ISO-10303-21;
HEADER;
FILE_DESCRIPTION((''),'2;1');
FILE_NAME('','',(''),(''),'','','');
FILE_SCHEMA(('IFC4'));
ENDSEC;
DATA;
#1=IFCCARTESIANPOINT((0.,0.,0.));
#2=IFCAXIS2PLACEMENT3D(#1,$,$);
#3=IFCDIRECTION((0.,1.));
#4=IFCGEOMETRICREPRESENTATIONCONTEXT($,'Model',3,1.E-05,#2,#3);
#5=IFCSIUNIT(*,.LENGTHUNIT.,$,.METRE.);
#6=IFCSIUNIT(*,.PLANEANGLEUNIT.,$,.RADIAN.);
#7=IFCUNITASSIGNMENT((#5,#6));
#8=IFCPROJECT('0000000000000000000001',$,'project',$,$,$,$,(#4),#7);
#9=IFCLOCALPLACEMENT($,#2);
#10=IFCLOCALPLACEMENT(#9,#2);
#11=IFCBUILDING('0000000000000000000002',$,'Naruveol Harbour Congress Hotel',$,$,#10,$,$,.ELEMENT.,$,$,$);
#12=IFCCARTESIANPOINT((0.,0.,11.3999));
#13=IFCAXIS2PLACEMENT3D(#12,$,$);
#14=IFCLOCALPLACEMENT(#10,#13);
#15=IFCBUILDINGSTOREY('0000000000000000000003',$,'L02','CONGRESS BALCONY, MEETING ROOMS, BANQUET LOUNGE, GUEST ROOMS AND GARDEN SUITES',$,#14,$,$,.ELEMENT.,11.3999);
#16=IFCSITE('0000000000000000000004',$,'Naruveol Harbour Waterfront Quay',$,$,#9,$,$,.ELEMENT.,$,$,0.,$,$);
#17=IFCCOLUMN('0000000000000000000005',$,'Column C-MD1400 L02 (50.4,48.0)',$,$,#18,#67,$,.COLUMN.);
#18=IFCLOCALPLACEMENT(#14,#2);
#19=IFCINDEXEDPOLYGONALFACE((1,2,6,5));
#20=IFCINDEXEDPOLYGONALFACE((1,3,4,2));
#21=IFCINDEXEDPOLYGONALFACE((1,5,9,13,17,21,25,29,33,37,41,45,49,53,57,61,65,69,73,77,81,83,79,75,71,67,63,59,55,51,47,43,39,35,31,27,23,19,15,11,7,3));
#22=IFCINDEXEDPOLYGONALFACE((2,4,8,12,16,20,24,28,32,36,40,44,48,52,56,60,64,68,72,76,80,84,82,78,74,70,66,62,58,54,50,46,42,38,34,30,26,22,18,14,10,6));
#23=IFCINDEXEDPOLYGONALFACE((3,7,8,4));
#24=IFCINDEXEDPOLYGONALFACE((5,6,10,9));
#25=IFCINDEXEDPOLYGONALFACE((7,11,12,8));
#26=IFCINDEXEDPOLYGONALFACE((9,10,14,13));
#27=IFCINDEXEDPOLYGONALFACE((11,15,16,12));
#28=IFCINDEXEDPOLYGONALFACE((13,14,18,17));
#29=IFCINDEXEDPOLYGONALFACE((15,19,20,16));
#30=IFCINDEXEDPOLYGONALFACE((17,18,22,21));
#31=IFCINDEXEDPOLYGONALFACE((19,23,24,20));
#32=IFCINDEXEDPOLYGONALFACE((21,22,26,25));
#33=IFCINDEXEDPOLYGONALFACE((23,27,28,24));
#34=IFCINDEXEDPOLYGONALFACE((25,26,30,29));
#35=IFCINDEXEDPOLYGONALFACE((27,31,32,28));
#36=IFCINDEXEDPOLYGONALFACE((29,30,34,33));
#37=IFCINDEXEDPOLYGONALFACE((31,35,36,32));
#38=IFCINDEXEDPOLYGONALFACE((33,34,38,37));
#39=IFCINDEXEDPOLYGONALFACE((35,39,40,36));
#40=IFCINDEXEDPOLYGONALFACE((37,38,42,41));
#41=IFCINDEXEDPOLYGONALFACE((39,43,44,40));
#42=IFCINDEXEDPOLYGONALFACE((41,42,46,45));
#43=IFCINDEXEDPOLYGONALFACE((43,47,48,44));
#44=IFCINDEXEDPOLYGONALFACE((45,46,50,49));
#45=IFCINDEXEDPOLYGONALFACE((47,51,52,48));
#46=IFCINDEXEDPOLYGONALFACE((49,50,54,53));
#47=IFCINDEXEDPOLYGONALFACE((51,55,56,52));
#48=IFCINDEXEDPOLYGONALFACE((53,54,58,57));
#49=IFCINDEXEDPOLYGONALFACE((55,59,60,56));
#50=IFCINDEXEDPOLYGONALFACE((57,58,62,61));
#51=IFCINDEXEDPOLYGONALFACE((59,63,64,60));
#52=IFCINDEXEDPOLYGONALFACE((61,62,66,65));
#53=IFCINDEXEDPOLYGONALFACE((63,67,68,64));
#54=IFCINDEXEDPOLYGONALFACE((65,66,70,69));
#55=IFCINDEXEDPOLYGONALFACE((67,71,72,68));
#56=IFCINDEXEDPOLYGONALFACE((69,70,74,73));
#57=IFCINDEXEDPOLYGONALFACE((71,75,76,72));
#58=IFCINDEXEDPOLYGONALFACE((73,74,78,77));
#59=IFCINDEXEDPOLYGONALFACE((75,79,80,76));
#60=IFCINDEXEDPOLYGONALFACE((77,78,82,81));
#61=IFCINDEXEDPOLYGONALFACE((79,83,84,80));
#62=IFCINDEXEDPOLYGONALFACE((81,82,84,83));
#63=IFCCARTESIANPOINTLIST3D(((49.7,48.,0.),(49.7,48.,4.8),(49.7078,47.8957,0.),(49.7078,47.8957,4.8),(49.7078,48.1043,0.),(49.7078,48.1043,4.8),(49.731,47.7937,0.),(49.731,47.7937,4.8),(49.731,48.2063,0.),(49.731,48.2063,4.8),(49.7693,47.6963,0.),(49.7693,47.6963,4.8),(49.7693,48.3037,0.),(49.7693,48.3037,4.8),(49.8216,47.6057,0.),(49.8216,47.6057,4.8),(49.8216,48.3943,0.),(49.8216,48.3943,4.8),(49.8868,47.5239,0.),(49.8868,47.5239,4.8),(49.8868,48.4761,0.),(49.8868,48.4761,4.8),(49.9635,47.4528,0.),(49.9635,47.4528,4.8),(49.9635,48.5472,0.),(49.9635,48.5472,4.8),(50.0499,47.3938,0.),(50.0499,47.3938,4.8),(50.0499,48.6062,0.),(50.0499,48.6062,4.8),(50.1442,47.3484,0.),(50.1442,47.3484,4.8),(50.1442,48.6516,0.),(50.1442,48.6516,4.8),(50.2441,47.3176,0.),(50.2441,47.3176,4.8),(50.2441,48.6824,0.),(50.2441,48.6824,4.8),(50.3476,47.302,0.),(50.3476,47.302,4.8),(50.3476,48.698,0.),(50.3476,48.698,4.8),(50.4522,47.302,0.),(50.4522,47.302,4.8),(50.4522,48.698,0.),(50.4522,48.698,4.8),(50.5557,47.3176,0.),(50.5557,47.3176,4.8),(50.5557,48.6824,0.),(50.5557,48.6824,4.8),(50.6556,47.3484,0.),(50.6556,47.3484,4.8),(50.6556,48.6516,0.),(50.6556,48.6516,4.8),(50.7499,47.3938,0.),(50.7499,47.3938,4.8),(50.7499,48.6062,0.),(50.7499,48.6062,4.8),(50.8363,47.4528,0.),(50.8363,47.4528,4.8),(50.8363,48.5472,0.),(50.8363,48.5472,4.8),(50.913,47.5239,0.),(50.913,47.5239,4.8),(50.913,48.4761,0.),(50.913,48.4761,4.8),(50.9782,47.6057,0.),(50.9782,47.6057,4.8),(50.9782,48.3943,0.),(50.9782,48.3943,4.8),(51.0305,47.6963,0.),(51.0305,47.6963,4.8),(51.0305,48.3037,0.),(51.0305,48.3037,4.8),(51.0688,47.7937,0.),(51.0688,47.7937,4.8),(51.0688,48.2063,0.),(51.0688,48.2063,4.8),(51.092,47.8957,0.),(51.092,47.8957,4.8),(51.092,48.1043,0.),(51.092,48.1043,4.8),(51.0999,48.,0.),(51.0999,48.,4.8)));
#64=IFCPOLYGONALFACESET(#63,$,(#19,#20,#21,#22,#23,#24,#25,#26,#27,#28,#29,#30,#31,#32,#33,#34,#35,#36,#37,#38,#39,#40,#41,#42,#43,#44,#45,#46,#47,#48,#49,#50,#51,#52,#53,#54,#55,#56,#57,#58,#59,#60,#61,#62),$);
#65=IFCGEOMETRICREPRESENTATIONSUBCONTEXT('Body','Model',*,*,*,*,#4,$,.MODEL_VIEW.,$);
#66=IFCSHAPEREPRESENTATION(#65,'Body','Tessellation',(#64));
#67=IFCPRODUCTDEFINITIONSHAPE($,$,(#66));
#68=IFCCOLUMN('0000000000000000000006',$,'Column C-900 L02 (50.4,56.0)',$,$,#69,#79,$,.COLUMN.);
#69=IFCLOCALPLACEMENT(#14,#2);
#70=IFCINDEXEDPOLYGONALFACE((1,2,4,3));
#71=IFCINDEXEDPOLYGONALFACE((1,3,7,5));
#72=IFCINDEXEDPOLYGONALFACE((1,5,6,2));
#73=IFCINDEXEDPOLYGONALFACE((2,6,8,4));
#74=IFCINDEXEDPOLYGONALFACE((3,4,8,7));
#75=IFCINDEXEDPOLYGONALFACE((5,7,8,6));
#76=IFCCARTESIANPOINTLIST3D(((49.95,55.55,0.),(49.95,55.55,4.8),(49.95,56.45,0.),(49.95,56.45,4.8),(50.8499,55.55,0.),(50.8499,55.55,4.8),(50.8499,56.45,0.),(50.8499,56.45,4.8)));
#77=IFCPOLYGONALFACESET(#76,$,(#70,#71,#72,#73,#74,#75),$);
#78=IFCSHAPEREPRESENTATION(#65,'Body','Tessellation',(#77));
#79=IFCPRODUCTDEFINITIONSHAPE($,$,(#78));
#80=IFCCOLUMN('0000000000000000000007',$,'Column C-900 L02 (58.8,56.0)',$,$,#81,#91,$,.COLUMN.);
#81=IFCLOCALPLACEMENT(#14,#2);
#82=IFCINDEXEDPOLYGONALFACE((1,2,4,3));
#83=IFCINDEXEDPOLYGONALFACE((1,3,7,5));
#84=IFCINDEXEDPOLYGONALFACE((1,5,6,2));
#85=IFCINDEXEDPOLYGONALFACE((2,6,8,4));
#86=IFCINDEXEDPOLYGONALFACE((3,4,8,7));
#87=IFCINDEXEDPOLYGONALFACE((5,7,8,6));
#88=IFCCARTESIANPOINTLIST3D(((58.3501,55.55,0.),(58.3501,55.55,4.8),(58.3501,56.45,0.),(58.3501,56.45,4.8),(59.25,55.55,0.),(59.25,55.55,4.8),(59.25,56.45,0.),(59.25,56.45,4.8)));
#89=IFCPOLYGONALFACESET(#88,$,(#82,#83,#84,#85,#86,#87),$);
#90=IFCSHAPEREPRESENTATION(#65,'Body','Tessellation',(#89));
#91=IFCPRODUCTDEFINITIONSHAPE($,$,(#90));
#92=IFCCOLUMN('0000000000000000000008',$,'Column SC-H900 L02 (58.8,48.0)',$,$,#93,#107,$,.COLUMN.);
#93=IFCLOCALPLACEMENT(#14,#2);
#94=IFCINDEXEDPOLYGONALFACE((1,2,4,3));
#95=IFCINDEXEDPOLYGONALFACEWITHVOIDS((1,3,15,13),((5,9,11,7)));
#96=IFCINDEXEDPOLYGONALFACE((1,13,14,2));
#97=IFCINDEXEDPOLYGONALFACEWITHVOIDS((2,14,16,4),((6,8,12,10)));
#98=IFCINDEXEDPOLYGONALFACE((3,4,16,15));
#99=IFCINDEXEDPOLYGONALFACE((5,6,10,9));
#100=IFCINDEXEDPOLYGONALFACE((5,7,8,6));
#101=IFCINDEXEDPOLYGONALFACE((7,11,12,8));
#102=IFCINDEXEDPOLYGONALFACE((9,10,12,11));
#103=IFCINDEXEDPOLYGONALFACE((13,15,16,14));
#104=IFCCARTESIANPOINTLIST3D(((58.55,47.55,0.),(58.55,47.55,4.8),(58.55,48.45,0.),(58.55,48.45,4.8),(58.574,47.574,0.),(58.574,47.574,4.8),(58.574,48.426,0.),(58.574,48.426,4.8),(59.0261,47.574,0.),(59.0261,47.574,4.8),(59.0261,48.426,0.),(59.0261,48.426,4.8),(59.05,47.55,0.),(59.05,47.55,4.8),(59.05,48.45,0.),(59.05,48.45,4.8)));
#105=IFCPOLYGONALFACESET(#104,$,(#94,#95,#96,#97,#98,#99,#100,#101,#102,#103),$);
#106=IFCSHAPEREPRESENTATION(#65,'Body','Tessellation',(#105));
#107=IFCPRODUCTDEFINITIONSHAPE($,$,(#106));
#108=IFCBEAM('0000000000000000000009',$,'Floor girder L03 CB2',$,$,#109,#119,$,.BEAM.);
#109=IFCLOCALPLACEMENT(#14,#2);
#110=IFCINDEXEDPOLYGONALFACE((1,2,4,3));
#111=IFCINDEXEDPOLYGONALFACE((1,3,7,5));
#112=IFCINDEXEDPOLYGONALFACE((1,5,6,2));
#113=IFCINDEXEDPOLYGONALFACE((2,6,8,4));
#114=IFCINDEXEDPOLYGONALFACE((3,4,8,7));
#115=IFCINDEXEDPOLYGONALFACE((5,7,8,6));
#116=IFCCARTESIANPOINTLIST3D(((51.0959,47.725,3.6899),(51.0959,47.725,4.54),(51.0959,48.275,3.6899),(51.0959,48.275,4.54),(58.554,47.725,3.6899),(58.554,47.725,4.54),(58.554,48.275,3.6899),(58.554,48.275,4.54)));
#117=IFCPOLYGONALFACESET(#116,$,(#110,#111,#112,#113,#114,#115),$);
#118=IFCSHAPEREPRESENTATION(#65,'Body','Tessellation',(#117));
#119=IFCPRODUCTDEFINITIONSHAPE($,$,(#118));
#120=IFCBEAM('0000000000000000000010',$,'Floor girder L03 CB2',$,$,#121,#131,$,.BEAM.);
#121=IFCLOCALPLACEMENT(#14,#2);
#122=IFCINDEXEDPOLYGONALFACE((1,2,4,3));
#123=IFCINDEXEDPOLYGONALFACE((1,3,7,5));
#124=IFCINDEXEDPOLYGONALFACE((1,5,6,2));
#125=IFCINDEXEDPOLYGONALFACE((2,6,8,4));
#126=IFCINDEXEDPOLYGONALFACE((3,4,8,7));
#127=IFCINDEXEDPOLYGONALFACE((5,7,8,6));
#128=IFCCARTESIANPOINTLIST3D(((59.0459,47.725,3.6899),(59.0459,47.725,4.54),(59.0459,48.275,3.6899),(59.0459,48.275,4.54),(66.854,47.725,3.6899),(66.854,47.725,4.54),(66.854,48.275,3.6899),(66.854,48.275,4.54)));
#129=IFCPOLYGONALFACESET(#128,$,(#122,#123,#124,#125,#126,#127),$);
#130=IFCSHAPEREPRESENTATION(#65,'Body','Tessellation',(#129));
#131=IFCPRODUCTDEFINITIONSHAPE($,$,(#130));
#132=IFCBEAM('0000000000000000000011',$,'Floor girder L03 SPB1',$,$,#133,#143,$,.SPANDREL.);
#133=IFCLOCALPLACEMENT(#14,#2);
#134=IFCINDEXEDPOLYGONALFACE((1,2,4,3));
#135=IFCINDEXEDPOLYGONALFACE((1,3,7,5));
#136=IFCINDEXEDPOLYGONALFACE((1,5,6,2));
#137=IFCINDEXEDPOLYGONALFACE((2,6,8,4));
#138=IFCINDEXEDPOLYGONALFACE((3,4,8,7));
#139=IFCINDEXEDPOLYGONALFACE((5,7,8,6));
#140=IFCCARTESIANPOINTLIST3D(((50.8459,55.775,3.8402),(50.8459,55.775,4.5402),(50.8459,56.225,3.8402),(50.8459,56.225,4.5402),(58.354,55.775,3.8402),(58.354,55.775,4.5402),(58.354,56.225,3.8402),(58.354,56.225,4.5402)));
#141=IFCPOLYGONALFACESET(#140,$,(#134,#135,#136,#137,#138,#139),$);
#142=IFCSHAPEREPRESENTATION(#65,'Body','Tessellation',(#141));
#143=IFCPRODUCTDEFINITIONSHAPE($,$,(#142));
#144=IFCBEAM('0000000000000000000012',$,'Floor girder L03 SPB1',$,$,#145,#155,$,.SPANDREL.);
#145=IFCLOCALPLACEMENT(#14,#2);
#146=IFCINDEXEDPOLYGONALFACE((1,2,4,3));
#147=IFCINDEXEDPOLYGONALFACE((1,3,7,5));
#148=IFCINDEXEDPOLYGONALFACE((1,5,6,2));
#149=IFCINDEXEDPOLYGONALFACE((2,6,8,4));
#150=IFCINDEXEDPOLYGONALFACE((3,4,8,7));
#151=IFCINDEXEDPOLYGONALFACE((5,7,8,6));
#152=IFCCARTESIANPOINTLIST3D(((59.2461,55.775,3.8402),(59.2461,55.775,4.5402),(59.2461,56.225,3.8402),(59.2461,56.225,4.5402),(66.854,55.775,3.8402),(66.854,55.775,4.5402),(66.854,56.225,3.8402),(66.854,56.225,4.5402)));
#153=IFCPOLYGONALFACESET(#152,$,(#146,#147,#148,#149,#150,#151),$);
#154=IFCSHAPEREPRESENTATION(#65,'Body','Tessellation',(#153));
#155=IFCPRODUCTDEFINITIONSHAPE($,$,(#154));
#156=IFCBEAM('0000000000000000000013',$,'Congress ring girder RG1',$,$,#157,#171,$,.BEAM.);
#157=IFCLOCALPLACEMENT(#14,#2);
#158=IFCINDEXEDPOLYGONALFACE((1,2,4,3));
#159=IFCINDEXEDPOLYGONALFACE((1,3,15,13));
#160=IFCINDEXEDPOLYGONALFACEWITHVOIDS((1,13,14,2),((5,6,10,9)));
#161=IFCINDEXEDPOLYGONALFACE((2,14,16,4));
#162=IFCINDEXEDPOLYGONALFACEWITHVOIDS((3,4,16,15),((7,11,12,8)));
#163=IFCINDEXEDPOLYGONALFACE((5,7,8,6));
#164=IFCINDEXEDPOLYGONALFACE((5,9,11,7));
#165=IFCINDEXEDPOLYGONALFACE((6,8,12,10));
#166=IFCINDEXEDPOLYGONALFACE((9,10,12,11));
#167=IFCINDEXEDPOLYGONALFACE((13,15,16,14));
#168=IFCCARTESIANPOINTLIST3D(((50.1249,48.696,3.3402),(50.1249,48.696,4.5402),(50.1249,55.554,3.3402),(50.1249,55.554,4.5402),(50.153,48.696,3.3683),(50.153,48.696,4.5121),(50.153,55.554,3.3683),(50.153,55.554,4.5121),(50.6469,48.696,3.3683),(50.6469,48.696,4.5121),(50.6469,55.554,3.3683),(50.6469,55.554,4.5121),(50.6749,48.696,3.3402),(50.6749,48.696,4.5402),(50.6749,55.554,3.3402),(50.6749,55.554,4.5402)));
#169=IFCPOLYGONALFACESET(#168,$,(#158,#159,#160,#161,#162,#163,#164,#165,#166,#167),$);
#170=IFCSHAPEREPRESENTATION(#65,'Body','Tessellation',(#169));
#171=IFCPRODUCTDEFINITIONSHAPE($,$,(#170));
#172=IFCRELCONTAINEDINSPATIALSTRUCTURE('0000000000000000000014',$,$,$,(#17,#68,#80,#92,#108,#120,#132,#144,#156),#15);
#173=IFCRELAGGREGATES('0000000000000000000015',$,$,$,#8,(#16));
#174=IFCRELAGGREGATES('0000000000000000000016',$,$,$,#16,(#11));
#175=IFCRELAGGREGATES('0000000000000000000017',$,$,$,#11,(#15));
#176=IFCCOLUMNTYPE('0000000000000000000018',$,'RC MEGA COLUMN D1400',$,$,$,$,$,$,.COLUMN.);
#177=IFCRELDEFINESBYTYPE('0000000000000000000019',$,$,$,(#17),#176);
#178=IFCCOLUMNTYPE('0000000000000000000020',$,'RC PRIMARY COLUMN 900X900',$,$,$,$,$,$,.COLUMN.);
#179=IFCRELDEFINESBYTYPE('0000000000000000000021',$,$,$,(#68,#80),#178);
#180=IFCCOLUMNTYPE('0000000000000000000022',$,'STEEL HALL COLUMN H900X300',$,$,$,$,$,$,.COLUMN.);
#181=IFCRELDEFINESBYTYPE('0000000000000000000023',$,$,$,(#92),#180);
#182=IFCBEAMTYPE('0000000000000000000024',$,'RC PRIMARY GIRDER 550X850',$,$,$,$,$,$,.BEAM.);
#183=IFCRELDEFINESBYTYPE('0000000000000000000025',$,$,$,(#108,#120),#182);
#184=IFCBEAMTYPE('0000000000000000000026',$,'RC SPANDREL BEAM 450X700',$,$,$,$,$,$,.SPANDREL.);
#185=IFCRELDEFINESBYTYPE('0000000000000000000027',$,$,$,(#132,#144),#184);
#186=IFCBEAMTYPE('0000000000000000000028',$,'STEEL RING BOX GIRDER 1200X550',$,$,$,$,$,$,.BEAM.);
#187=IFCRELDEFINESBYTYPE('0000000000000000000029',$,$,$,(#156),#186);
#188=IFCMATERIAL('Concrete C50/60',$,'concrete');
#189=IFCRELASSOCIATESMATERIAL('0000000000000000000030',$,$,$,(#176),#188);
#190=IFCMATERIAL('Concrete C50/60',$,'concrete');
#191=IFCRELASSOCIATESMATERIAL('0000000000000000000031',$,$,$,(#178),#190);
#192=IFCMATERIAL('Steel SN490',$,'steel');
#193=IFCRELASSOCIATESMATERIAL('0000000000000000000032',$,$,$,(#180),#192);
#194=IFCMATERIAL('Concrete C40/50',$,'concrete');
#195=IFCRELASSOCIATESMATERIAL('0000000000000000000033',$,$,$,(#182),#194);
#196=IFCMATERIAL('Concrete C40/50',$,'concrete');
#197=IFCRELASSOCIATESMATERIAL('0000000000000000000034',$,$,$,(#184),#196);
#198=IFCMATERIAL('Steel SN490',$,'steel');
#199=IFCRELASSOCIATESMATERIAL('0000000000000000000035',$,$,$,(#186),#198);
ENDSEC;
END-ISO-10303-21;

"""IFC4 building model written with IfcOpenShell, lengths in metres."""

from ifc_helpers import new_model, si_unit, direction, frame, origin, origin_2d, place, context, subcontext, project, spatial, rectangle, hollow_rectangle, circle, extrude, material, material_profile, profile_set, type_object, element, save


model = new_model("IFC4")

# Units and contexts
model_context = context("Model", 3, precision=1e-05, world=origin(), true_north=direction((0.0, 1.0)))
body_context = subcontext(model_context, "Body", "Model", "MODEL_VIEW")
ifc_project = project(units=[si_unit("LENGTHUNIT", "METRE"), si_unit("PLANEANGLEUNIT", "RADIAN")], contexts=[model_context])

# Site, building, storey
site_placement = place(None, origin())
site = spatial("IfcSite", under=ifc_project, at=site_placement, Name="Naruveol Harbour Waterfront Quay", CompositionType="ELEMENT", RefElevation=0.0)
building_placement = place(site_placement, origin())
building = spatial("IfcBuilding", under=site, at=building_placement, Name="Naruveol Harbour Congress Hotel", CompositionType="ELEMENT")
storey_placement = place(building_placement, frame((0.0, 0.0, 11.3999)))
storey = spatial("IfcBuildingStorey", under=building, at=storey_placement, Name="L02", Description="CONGRESS BALCONY, MEETING ROOMS, BANQUET LOUNGE, GUEST ROOMS AND GARDEN SUITES", CompositionType="ELEMENT", Elevation=11.3999)

# Columns
ifc_material_1 = material(Name="Concrete C50/60", Category="concrete")
ifc_material_profile_1 = material_profile(ifc_material_1, circle(Radius=0.7, at=origin_2d()), Name="RC-D1400")
ifc_profile_set_1 = profile_set([ifc_material_profile_1], Name="Concrete C50/60")
column_type_1 = type_object("IfcColumnType", Name="RC MEGA COLUMN D1400", PredefinedType="COLUMN", material=ifc_profile_set_1)
column_1_placement = place(storey_placement, frame((50.3999, 48.0, 0.0), z_axis=(0.0, 0.0, 1.0), x_axis=(1.0, 0.0, 0.0)))
element("IfcColumn", 1, at=column_1_placement, inside=storey, type_object=column_type_1, Name="Column C-MD1400 L02 (50.4,48.0)", PredefinedType="COLUMN", context=body_context, shape_type="SweptSolid", body=[
    extrude(circle(Radius=0.7, at=origin_2d()), origin(), (0.0, 0.0, 1.0), 4.8),
])
ifc_material_2 = material(Name="Concrete C50/60", Category="concrete")
ifc_material_profile_2 = material_profile(ifc_material_2, rectangle(XDim=0.8999, YDim=0.8999, at=origin_2d()), Name="RC-900x900")
ifc_profile_set_2 = profile_set([ifc_material_profile_2], Name="Concrete C50/60")
column_type_2 = type_object("IfcColumnType", Name="RC PRIMARY COLUMN 900X900", PredefinedType="COLUMN", material=ifc_profile_set_2)
for number, where, z_axis, x_axis, name in (
    (2, (50.3999, 56.0, 0.0), (0.0, 0.0, 1.0), (1.0, 0.0, 0.0), "Column C-900 L02 (50.4,56.0)"),
    (3, (58.8, 56.0, 0.0), (0.0, 0.0, 1.0), (1.0, 0.0, 0.0), "Column C-900 L02 (58.8,56.0)"),
):
    element("IfcColumn", number, at=place(storey_placement, frame(where, z_axis=z_axis, x_axis=x_axis)), inside=storey, type_object=column_type_2, Name=name, PredefinedType="COLUMN", context=body_context, shape_type="SweptSolid", body=[
        extrude(rectangle(XDim=0.8999, YDim=0.8999, at=origin_2d()), origin(), (0.0, 0.0, 1.0), 4.8),
    ])
ifc_material_3 = material(Name="Steel SN490", Category="steel")
ifc_material_profile_3 = material_profile(ifc_material_3, hollow_rectangle(XDim=0.5, YDim=0.8999, WallThickness=0.0239, at=origin_2d()), Name="RHS-900x500x24")
ifc_profile_set_3 = profile_set([ifc_material_profile_3], Name="Steel SN490")
column_type_3 = type_object("IfcColumnType", Name="STEEL HALL COLUMN H900X300", PredefinedType="COLUMN", material=ifc_profile_set_3)
column_2_placement = place(storey_placement, frame((58.8, 48.0, 0.0), z_axis=(0.0, 0.0, 1.0), x_axis=(1.0, 0.0, 0.0)))
element("IfcColumn", 4, at=column_2_placement, inside=storey, type_object=column_type_3, Name="Column SC-H900 L02 (58.8,48.0)", PredefinedType="COLUMN", context=body_context, shape_type="SweptSolid", body=[
    extrude(hollow_rectangle(XDim=0.5, YDim=0.8999, WallThickness=0.0239, at=origin_2d()), origin(), (0.0, 0.0, 1.0), 4.8),
])

# Beams
ifc_material_4 = material(Name="Concrete C40/50", Category="concrete")
ifc_material_profile_4 = material_profile(ifc_material_4, rectangle(XDim=0.55, YDim=0.8501, at=origin_2d()), Name="RCB-550x850")
ifc_profile_set_4 = profile_set([ifc_material_profile_4], Name="Concrete C40/50")
beam_type_1 = type_object("IfcBeamType", Name="RC PRIMARY GIRDER 550X850", PredefinedType="BEAM", material=ifc_profile_set_4)
beam_1_placement = place(storey_placement, frame((51.0959, 48.0, 4.115), z_axis=(1.0, 0.0, 0.0), x_axis=(0.0, 1.0, 0.0)))
element("IfcBeam", 5, at=beam_1_placement, inside=storey, type_object=beam_type_1, Name="Floor girder L03 CB2", PredefinedType="BEAM", context=body_context, shape_type="SweptSolid", body=[
    extrude(rectangle(XDim=0.55, YDim=0.8501, at=origin_2d()), origin(), (0.0, 0.0, 1.0), 7.458),
])
beam_2_placement = place(storey_placement, frame((59.0459, 48.0, 4.115), z_axis=(1.0, 0.0, 0.0), x_axis=(0.0, 1.0, 0.0)))
element("IfcBeam", 6, at=beam_2_placement, inside=storey, type_object=beam_type_1, Name="Floor girder L03 CB2", PredefinedType="BEAM", context=body_context, shape_type="SweptSolid", body=[
    extrude(rectangle(XDim=0.55, YDim=0.8501, at=origin_2d()), origin(), (0.0, 0.0, 1.0), 7.8081),
])
ifc_material_5 = material(Name="Concrete C40/50", Category="concrete")
ifc_material_profile_5 = material_profile(ifc_material_5, rectangle(XDim=0.45, YDim=0.7, at=origin_2d()), Name="RCB-450x700")
ifc_profile_set_5 = profile_set([ifc_material_profile_5], Name="Concrete C40/50")
beam_type_2 = type_object("IfcBeamType", Name="RC SPANDREL BEAM 450X700", PredefinedType="SPANDREL", material=ifc_profile_set_5)
beam_3_placement = place(storey_placement, frame((50.8459, 56.0, 4.1902), z_axis=(1.0, 0.0, 0.0), x_axis=(0.0, 1.0, 0.0)))
element("IfcBeam", 7, at=beam_3_placement, inside=storey, type_object=beam_type_2, Name="Floor girder L03 SPB1", PredefinedType="SPANDREL", context=body_context, shape_type="SweptSolid", body=[
    extrude(rectangle(XDim=0.45, YDim=0.7, at=origin_2d()), origin(), (0.0, 0.0, 1.0), 7.5081),
])
beam_4_placement = place(storey_placement, frame((59.2461, 56.0, 4.1902), z_axis=(1.0, 0.0, 0.0), x_axis=(0.0, 1.0, 0.0)))
element("IfcBeam", 8, at=beam_4_placement, inside=storey, type_object=beam_type_2, Name="Floor girder L03 SPB1", PredefinedType="SPANDREL", context=body_context, shape_type="SweptSolid", body=[
    extrude(rectangle(XDim=0.45, YDim=0.7, at=origin_2d()), origin(), (0.0, 0.0, 1.0), 7.6079),
])
ifc_material_6 = material(Name="Steel SN490", Category="steel")
ifc_material_profile_6 = material_profile(ifc_material_6, hollow_rectangle(XDim=0.55, YDim=1.2, WallThickness=0.0281, at=origin_2d()), Name="RHS-1200x550x28")
ifc_profile_set_6 = profile_set([ifc_material_profile_6], Name="Steel SN490")
beam_type_3 = type_object("IfcBeamType", Name="STEEL RING BOX GIRDER 1200X550", PredefinedType="BEAM", material=ifc_profile_set_6)
beam_5_placement = place(storey_placement, frame((50.3999, 48.696, 3.9402), z_axis=(0.0, 1.0, 0.0), x_axis=(-1.0, 0.0, 0.0)))
element("IfcBeam", 9, at=beam_5_placement, inside=storey, type_object=beam_type_3, Name="Congress ring girder RG1", PredefinedType="BEAM", context=body_context, shape_type="SweptSolid", body=[
    extrude(hollow_rectangle(XDim=0.55, YDim=1.2, WallThickness=0.0281, at=origin_2d()), origin(), (0.0, 0.0, 1.0), 6.8579),
])

save(model, "model.ifc")
